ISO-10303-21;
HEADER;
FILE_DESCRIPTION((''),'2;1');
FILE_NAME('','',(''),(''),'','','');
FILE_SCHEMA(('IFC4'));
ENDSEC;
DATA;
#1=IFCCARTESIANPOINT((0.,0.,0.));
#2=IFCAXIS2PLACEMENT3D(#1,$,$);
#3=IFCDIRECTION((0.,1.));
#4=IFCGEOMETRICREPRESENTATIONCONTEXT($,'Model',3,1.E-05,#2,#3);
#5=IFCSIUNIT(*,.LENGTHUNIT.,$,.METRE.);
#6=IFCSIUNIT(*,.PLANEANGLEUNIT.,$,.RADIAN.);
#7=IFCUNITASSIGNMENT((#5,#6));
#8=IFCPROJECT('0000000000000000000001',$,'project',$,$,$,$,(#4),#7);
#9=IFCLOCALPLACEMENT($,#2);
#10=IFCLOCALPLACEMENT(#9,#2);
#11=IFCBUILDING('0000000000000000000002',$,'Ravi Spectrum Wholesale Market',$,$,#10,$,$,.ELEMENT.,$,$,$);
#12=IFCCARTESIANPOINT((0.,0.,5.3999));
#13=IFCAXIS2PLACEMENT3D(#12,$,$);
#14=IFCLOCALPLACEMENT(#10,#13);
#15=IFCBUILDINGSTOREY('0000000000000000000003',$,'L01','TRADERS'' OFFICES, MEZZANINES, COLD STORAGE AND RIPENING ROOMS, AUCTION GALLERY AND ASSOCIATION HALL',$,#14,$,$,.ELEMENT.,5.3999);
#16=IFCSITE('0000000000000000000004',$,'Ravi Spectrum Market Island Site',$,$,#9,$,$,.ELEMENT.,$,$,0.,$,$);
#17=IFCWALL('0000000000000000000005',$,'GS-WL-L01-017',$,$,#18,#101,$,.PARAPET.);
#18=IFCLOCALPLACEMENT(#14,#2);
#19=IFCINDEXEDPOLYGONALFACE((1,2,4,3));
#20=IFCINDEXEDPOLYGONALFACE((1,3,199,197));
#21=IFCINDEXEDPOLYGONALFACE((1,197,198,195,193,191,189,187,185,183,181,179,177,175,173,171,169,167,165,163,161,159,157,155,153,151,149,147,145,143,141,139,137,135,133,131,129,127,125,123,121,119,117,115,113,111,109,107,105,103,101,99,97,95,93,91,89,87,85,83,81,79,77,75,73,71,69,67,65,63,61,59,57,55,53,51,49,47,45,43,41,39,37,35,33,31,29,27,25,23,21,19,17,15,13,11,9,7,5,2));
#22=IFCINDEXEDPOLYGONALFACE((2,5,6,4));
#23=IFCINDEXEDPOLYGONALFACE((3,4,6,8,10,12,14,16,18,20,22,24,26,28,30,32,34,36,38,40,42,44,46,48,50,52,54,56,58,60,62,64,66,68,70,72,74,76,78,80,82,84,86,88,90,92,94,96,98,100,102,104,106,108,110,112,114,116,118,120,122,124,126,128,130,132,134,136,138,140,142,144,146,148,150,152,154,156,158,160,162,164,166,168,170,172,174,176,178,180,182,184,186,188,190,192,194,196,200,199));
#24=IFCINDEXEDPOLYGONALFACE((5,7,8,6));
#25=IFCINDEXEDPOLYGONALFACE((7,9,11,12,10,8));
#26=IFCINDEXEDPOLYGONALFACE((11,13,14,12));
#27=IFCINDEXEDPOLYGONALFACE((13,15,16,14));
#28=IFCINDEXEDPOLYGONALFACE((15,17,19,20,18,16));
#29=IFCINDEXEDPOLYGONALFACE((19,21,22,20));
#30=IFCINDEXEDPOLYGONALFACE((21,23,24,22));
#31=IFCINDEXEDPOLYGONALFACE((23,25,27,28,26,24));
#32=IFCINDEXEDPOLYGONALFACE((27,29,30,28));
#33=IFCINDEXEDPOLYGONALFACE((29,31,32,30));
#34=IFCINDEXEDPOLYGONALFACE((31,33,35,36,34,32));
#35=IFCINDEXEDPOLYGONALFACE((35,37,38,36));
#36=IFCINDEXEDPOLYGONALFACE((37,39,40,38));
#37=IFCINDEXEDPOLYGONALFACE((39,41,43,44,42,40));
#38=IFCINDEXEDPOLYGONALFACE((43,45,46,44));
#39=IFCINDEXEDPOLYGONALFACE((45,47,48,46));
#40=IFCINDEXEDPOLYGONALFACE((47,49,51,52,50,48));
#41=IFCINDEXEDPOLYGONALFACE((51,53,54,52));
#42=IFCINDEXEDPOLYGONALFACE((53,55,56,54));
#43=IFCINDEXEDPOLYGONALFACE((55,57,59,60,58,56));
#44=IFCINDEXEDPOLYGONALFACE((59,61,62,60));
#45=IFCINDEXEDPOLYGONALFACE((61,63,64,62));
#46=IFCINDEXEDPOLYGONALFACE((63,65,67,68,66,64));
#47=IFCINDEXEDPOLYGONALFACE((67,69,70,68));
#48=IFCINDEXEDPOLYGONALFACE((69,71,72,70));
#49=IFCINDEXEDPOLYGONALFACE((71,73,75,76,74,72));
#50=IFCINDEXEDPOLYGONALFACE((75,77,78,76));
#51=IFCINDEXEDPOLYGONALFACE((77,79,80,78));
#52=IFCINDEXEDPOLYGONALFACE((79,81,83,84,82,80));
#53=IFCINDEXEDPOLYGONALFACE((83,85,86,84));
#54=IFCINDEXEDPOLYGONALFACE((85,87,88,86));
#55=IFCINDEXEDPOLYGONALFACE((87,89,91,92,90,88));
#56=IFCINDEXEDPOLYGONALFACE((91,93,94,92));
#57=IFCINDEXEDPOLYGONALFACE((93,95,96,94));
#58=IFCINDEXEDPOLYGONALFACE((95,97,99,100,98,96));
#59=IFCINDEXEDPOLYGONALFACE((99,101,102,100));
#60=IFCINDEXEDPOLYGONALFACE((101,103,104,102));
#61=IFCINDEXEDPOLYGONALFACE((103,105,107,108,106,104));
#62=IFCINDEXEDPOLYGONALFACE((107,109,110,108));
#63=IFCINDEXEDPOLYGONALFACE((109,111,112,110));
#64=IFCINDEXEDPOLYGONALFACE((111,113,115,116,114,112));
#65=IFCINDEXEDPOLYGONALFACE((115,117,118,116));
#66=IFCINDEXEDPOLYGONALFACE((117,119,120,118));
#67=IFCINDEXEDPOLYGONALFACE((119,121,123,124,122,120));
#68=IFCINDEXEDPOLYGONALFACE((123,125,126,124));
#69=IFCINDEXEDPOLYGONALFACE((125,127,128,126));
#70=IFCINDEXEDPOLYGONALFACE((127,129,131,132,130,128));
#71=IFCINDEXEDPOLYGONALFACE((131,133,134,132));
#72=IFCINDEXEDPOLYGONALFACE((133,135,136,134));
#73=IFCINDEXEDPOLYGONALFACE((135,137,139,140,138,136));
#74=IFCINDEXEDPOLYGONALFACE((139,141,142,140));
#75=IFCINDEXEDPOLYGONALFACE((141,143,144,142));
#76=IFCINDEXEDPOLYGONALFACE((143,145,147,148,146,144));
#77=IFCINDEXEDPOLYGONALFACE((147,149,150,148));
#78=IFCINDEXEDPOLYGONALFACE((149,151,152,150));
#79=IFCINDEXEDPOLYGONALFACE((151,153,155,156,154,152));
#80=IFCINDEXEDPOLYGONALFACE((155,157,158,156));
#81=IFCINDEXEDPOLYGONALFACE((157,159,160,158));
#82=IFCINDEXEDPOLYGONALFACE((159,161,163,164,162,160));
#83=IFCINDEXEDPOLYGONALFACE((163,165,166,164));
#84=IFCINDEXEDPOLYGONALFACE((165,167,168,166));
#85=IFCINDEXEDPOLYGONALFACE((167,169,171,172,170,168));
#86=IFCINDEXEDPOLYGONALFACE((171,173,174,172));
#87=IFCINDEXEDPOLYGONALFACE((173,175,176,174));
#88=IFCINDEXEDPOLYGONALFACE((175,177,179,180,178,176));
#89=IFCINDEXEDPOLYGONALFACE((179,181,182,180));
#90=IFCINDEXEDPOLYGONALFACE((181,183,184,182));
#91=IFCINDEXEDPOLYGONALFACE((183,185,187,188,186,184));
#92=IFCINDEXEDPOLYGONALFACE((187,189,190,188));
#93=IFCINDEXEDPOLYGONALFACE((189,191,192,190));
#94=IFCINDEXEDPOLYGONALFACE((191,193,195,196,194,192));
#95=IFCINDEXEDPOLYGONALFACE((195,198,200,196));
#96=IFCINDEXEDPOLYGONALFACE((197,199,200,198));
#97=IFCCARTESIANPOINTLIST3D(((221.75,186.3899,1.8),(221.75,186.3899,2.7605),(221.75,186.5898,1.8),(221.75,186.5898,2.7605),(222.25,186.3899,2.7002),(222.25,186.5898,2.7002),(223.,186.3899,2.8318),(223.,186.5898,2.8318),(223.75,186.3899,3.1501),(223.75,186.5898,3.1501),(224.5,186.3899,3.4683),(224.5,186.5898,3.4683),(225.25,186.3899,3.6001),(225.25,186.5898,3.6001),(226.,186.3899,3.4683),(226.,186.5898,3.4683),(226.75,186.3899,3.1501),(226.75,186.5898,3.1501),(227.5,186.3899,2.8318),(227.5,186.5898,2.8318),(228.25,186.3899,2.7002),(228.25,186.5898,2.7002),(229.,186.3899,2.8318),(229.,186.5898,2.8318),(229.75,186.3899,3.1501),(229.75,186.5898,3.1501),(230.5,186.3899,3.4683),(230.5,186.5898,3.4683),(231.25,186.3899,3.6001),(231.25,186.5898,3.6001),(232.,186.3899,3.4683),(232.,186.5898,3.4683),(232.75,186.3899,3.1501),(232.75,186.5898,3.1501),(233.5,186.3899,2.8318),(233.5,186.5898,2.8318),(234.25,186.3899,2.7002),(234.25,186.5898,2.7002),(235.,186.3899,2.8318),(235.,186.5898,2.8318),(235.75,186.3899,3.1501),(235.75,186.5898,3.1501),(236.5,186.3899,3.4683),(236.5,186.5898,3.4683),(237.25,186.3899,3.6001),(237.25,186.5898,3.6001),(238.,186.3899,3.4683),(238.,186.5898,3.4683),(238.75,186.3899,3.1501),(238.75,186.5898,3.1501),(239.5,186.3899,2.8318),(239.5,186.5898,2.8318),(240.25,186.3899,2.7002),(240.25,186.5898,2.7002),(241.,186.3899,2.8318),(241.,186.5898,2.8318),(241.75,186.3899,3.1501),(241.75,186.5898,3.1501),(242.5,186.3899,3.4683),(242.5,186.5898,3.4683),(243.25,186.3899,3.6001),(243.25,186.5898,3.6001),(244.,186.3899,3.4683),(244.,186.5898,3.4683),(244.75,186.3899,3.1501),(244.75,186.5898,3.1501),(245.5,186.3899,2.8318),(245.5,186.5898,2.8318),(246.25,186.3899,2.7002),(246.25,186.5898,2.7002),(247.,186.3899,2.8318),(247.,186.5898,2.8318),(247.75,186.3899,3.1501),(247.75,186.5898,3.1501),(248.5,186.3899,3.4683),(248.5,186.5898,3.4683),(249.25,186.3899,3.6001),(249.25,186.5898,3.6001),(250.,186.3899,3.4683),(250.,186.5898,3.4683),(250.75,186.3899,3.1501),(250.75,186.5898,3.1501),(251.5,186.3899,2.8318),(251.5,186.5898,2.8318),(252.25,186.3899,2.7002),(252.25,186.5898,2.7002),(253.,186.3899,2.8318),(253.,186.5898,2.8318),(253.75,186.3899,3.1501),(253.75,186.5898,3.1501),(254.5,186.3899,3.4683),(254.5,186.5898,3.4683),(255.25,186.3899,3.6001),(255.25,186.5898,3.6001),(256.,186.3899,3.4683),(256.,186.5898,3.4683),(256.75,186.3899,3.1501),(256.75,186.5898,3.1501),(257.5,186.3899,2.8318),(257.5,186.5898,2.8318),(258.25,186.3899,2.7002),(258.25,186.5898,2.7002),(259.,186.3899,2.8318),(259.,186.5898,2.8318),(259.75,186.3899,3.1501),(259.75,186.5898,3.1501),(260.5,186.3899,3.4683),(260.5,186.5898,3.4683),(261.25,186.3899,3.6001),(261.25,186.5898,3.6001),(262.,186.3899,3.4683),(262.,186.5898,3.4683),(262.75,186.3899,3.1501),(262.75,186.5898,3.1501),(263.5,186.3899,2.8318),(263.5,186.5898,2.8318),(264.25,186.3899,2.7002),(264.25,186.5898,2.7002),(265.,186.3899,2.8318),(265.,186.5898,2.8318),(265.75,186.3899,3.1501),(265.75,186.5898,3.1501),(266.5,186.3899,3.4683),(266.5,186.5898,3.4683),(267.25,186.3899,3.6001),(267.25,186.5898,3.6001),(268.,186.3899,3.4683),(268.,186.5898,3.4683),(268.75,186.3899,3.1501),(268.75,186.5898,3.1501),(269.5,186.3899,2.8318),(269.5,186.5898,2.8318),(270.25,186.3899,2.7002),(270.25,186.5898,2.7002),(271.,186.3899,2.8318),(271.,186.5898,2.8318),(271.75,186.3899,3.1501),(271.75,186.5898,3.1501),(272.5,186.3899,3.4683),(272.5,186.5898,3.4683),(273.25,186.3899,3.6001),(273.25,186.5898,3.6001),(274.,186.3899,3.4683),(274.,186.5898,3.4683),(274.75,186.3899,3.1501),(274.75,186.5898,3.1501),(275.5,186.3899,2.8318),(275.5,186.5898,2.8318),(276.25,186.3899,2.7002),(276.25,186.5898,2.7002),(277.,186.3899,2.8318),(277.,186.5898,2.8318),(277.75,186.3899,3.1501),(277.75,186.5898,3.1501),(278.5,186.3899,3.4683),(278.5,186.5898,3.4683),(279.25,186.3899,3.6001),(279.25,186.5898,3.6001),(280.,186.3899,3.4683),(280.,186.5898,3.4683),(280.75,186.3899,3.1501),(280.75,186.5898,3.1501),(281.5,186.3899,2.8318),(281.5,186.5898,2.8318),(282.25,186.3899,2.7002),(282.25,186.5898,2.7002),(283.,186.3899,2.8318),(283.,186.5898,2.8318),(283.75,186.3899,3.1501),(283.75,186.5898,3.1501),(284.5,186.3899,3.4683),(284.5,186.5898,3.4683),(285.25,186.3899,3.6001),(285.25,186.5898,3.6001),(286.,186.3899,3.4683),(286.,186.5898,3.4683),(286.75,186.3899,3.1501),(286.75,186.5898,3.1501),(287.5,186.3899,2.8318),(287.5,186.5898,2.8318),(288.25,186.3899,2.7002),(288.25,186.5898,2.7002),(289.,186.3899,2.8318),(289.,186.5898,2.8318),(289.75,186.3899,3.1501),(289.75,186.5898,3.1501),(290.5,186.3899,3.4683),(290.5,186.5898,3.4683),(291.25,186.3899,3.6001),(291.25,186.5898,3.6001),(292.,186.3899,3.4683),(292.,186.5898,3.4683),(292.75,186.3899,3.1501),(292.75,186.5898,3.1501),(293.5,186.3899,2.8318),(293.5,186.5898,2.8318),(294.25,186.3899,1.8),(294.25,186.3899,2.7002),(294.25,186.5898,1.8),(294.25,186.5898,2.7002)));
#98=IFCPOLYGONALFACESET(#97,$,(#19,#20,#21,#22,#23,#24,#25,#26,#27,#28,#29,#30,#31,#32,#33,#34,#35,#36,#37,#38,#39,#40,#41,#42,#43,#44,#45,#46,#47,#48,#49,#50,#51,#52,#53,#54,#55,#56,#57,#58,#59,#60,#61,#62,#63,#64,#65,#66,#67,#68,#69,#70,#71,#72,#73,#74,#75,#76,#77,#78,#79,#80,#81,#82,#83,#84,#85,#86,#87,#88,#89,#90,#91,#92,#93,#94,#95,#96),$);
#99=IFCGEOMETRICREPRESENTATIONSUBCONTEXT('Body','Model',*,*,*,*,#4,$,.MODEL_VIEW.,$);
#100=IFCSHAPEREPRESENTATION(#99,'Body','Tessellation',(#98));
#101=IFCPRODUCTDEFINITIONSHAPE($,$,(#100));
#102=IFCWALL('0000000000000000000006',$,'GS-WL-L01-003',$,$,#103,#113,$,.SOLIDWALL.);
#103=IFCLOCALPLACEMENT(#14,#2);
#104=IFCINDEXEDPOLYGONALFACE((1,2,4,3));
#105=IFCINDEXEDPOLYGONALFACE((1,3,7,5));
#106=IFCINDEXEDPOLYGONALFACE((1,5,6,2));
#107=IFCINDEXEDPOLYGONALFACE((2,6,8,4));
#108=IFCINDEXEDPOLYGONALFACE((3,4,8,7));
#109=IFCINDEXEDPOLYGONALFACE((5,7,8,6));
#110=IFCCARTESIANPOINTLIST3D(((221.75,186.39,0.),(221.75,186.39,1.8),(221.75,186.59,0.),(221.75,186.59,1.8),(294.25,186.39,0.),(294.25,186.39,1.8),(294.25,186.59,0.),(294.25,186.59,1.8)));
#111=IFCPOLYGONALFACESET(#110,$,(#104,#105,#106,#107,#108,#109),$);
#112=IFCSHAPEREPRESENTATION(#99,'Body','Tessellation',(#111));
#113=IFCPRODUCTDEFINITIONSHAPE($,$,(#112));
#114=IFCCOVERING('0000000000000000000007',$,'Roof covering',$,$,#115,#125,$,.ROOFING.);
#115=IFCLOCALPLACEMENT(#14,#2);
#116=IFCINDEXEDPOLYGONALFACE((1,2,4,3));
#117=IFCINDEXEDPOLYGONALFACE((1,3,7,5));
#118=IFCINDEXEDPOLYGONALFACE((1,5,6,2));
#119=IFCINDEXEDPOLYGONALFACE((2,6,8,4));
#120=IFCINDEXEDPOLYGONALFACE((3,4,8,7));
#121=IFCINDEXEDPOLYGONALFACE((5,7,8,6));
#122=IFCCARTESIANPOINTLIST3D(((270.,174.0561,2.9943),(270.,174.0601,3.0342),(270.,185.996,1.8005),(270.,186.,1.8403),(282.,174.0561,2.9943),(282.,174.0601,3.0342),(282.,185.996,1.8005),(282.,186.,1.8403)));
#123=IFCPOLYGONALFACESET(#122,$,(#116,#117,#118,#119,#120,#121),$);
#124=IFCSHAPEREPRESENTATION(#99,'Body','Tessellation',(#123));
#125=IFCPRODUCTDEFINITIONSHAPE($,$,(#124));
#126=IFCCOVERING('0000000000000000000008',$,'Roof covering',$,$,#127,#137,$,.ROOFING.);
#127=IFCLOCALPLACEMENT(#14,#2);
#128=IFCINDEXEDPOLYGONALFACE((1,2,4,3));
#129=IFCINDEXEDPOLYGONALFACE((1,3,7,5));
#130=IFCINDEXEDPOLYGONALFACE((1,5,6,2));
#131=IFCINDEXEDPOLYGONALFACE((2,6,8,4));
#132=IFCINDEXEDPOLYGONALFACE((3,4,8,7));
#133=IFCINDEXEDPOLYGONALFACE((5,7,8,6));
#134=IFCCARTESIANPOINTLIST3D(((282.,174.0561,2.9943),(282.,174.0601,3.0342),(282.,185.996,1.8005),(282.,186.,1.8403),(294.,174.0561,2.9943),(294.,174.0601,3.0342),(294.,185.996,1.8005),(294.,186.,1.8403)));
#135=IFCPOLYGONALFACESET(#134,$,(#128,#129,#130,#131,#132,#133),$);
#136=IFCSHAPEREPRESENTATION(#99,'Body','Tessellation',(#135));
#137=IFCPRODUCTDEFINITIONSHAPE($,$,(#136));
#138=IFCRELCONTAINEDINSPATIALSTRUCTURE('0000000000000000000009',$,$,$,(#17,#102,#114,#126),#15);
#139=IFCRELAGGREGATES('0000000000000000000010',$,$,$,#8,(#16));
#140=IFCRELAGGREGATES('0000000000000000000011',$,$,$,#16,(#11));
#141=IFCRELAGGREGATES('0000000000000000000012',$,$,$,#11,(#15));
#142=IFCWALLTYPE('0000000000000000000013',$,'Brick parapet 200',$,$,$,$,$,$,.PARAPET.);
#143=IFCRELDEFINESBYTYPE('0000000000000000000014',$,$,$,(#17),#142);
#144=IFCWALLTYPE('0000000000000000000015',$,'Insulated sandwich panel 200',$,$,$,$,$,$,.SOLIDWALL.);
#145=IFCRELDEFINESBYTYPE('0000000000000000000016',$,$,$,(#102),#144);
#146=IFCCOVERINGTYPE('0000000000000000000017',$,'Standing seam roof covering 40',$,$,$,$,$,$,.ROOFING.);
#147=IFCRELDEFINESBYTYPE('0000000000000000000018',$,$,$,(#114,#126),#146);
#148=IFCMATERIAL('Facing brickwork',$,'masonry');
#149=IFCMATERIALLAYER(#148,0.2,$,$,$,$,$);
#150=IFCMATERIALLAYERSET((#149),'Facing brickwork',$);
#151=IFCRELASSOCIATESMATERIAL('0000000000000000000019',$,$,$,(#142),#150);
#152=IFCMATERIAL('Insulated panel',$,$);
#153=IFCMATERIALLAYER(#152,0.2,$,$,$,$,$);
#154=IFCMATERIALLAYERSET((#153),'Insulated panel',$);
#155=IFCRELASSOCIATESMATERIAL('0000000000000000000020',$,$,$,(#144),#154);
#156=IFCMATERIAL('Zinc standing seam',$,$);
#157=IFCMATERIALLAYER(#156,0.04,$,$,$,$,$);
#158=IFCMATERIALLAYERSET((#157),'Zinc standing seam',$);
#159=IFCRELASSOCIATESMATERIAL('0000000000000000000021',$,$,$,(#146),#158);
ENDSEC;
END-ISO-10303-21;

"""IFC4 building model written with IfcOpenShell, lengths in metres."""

from ifc_helpers import new_model, si_unit, direction, frame, frame_2d, origin, place, context, subcontext, project, spatial, polyline, rectangle, outline, extrude, material, layer, layer_set, type_object, element, save


model = new_model("IFC4")

# Units and contexts
model_context = context("Model", 3, precision=1e-05, world=origin(), true_north=direction((0.0, 1.0)))
body_context = subcontext(model_context, "Body", "Model", "MODEL_VIEW")
ifc_project = project(units=[si_unit("LENGTHUNIT", "METRE"), si_unit("PLANEANGLEUNIT", "RADIAN")], contexts=[model_context])

# Site, building, storey
site_placement = place(None, origin())
site = spatial("IfcSite", under=ifc_project, at=site_placement, Name="Ravi Spectrum Market Island Site", CompositionType="ELEMENT", RefElevation=0.0)
building_placement = place(site_placement, origin())
building = spatial("IfcBuilding", under=site, at=building_placement, Name="Ravi Spectrum Wholesale Market", CompositionType="ELEMENT")
storey_placement = place(building_placement, frame((0.0, 0.0, 5.3999)))
storey = spatial("IfcBuildingStorey", under=building, at=storey_placement, Name="L01", Description="TRADERS' OFFICES, MEZZANINES, COLD STORAGE AND RIPENING ROOMS, AUCTION GALLERY AND ASSOCIATION HALL", CompositionType="ELEMENT", Elevation=5.3999)

# Walls
ifc_material_1 = material(Name="Facing brickwork", Category="masonry")
ifc_layer_1 = layer(ifc_material_1, 0.2)
ifc_layer_set_1 = layer_set([ifc_layer_1], Name="Facing brickwork")
wall_type_1 = type_object("IfcWallType", Name="Brick parapet 200", PredefinedType="PARAPET", material=ifc_layer_set_1)
wall_1_placement = place(storey_placement, frame((294.25, 186.49, 1.8), z_axis=(0.0, 0.0, 1.0), x_axis=(-1.0, 0.0, 0.0)))
element("IfcWall", 1, at=wall_1_placement, inside=storey, type_object=wall_type_1, Name="GS-WL-L01-017", PredefinedType="PARAPET", context=body_context, shape_type="SweptSolid", body=[
    extrude(outline(polyline([(0.0, 0.0), (72.5, 0.0), (72.5, 0.9604), (72.0, 0.9001), (71.25, 1.0317), (70.5, 1.3501), (69.75, 1.6682), (69.0, 1.8), (68.25, 1.6682), (67.5, 1.3501), (66.75, 1.0317), (66.0, 0.9001), (65.25, 1.0317), (64.5, 1.3501), (63.75, 1.6682), (63.0, 1.8), (62.25, 1.6682), (61.5, 1.3501), (60.75, 1.0317), (60.0, 0.9001), (59.25, 1.0317), (58.5, 1.3501), (57.75, 1.6682), (57.0, 1.8), (56.25, 1.6682), (55.5, 1.3501), (54.75, 1.0317), (54.0, 0.9001), (53.25, 1.0317), (52.5, 1.3501), (51.75, 1.6682), (51.0, 1.8), (50.25, 1.6682), (49.5, 1.3501), (48.75, 1.0317), (48.0, 0.9001), (47.25, 1.0317), (46.5, 1.3501), (45.75, 1.6682), (45.0, 1.8), (44.25, 1.6682), (43.5, 1.3501), (42.75, 1.0317), (42.0, 0.9001), (41.25, 1.0317), (40.5, 1.3501), (39.75, 1.6682), (39.0, 1.8), (38.25, 1.6682), (37.5, 1.3501), (36.75, 1.0317), (36.0, 0.9001), (35.25, 1.0317), (34.5, 1.3501), (33.75, 1.6682), (33.0, 1.8), (32.25, 1.6682), (31.5, 1.3501), (30.75, 1.0317), (30.0, 0.9001), (29.25, 1.0317), (28.5, 1.3501), (27.75, 1.6682), (27.0, 1.8), (26.25, 1.6682), (25.5, 1.3501), (24.75, 1.0317), (24.0, 0.9001), (23.25, 1.0317), (22.5, 1.3501), (21.75, 1.6682), (21.0, 1.8), (20.25, 1.6682), (19.5, 1.3501), (18.75, 1.0317), (18.0, 0.9001), (17.25, 1.0317), (16.5, 1.3501), (15.75, 1.6682), (15.0, 1.8), (14.25, 1.6682), (13.5, 1.3501), (12.75, 1.0317), (12.0, 0.9001), (11.25, 1.0317), (10.5, 1.3501), (9.75, 1.6682), (9.0, 1.8), (8.25, 1.6682), (7.5, 1.3501), (6.75, 1.0317), (6.0, 0.9001), (5.25, 1.0317), (4.5, 1.3501), (3.75, 1.6682), (3.0, 1.8), (2.25, 1.6682), (1.5, 1.3501), (0.75, 1.0317), (0.0, 0.9001), (0.0, 0.0)])), frame((0.0, 0.1001, 0.0), z_axis=(0.0, -1.0, 0.0), x_axis=(1.0, 0.0, 0.0)), (0.0, 0.0, 1.0), 0.2),
])
ifc_material_2 = material(Name="Insulated panel")
ifc_layer_2 = layer(ifc_material_2, 0.2)
ifc_layer_set_2 = layer_set([ifc_layer_2], Name="Insulated panel")
wall_type_2 = type_object("IfcWallType", Name="Insulated sandwich panel 200", PredefinedType="SOLIDWALL", material=ifc_layer_set_2)
wall_2_placement = place(storey_placement, frame((294.25, 186.49, 0.0), z_axis=(0.0, 0.0, 1.0), x_axis=(-1.0, 0.0, 0.0)))
element("IfcWall", 2, at=wall_2_placement, inside=storey, type_object=wall_type_2, Name="GS-WL-L01-003", PredefinedType="SOLIDWALL", context=body_context, shape_type="SweptSolid", body=[
    extrude(rectangle(XDim=72.5, YDim=0.2, at=frame_2d((36.25, 0.0))), origin(), (0.0, 0.0, 1.0), 1.8),
])

# Coverings
ifc_material_3 = material(Name="Zinc standing seam")
ifc_layer_3 = layer(ifc_material_3, 0.04)
ifc_layer_set_3 = layer_set([ifc_layer_3], Name="Zinc standing seam")
covering_type = type_object("IfcCoveringType", Name="Standing seam roof covering 40", PredefinedType="ROOFING", material=ifc_layer_set_3)
for number, where, z_axis, x_axis, name in (
    (3, (282.0, 186.0, 1.8403), (0.0, 0.099492, 0.995038), (0.0, -0.995038, 0.099492), "Roof covering"),
    (4, (294.0, 186.0, 1.8403), (0.0, 0.099492, 0.995038), (0.0, -0.995038, 0.099492), "Roof covering"),
):
    element("IfcCovering", number, at=place(storey_placement, frame(where, z_axis=z_axis, x_axis=x_axis)), inside=storey, type_object=covering_type, Name=name, PredefinedType="ROOFING", context=body_context, shape_type="SweptSolid", body=[
        extrude(outline(polyline([(0.0, 0.0), (11.9995, 0.0), (11.9995, -12.0), (0.0, -12.0), (0.0, 0.0)])), origin(), (0.0, 0.0, -1.0), 0.04),
    ])

save(model, "model.ifc")
